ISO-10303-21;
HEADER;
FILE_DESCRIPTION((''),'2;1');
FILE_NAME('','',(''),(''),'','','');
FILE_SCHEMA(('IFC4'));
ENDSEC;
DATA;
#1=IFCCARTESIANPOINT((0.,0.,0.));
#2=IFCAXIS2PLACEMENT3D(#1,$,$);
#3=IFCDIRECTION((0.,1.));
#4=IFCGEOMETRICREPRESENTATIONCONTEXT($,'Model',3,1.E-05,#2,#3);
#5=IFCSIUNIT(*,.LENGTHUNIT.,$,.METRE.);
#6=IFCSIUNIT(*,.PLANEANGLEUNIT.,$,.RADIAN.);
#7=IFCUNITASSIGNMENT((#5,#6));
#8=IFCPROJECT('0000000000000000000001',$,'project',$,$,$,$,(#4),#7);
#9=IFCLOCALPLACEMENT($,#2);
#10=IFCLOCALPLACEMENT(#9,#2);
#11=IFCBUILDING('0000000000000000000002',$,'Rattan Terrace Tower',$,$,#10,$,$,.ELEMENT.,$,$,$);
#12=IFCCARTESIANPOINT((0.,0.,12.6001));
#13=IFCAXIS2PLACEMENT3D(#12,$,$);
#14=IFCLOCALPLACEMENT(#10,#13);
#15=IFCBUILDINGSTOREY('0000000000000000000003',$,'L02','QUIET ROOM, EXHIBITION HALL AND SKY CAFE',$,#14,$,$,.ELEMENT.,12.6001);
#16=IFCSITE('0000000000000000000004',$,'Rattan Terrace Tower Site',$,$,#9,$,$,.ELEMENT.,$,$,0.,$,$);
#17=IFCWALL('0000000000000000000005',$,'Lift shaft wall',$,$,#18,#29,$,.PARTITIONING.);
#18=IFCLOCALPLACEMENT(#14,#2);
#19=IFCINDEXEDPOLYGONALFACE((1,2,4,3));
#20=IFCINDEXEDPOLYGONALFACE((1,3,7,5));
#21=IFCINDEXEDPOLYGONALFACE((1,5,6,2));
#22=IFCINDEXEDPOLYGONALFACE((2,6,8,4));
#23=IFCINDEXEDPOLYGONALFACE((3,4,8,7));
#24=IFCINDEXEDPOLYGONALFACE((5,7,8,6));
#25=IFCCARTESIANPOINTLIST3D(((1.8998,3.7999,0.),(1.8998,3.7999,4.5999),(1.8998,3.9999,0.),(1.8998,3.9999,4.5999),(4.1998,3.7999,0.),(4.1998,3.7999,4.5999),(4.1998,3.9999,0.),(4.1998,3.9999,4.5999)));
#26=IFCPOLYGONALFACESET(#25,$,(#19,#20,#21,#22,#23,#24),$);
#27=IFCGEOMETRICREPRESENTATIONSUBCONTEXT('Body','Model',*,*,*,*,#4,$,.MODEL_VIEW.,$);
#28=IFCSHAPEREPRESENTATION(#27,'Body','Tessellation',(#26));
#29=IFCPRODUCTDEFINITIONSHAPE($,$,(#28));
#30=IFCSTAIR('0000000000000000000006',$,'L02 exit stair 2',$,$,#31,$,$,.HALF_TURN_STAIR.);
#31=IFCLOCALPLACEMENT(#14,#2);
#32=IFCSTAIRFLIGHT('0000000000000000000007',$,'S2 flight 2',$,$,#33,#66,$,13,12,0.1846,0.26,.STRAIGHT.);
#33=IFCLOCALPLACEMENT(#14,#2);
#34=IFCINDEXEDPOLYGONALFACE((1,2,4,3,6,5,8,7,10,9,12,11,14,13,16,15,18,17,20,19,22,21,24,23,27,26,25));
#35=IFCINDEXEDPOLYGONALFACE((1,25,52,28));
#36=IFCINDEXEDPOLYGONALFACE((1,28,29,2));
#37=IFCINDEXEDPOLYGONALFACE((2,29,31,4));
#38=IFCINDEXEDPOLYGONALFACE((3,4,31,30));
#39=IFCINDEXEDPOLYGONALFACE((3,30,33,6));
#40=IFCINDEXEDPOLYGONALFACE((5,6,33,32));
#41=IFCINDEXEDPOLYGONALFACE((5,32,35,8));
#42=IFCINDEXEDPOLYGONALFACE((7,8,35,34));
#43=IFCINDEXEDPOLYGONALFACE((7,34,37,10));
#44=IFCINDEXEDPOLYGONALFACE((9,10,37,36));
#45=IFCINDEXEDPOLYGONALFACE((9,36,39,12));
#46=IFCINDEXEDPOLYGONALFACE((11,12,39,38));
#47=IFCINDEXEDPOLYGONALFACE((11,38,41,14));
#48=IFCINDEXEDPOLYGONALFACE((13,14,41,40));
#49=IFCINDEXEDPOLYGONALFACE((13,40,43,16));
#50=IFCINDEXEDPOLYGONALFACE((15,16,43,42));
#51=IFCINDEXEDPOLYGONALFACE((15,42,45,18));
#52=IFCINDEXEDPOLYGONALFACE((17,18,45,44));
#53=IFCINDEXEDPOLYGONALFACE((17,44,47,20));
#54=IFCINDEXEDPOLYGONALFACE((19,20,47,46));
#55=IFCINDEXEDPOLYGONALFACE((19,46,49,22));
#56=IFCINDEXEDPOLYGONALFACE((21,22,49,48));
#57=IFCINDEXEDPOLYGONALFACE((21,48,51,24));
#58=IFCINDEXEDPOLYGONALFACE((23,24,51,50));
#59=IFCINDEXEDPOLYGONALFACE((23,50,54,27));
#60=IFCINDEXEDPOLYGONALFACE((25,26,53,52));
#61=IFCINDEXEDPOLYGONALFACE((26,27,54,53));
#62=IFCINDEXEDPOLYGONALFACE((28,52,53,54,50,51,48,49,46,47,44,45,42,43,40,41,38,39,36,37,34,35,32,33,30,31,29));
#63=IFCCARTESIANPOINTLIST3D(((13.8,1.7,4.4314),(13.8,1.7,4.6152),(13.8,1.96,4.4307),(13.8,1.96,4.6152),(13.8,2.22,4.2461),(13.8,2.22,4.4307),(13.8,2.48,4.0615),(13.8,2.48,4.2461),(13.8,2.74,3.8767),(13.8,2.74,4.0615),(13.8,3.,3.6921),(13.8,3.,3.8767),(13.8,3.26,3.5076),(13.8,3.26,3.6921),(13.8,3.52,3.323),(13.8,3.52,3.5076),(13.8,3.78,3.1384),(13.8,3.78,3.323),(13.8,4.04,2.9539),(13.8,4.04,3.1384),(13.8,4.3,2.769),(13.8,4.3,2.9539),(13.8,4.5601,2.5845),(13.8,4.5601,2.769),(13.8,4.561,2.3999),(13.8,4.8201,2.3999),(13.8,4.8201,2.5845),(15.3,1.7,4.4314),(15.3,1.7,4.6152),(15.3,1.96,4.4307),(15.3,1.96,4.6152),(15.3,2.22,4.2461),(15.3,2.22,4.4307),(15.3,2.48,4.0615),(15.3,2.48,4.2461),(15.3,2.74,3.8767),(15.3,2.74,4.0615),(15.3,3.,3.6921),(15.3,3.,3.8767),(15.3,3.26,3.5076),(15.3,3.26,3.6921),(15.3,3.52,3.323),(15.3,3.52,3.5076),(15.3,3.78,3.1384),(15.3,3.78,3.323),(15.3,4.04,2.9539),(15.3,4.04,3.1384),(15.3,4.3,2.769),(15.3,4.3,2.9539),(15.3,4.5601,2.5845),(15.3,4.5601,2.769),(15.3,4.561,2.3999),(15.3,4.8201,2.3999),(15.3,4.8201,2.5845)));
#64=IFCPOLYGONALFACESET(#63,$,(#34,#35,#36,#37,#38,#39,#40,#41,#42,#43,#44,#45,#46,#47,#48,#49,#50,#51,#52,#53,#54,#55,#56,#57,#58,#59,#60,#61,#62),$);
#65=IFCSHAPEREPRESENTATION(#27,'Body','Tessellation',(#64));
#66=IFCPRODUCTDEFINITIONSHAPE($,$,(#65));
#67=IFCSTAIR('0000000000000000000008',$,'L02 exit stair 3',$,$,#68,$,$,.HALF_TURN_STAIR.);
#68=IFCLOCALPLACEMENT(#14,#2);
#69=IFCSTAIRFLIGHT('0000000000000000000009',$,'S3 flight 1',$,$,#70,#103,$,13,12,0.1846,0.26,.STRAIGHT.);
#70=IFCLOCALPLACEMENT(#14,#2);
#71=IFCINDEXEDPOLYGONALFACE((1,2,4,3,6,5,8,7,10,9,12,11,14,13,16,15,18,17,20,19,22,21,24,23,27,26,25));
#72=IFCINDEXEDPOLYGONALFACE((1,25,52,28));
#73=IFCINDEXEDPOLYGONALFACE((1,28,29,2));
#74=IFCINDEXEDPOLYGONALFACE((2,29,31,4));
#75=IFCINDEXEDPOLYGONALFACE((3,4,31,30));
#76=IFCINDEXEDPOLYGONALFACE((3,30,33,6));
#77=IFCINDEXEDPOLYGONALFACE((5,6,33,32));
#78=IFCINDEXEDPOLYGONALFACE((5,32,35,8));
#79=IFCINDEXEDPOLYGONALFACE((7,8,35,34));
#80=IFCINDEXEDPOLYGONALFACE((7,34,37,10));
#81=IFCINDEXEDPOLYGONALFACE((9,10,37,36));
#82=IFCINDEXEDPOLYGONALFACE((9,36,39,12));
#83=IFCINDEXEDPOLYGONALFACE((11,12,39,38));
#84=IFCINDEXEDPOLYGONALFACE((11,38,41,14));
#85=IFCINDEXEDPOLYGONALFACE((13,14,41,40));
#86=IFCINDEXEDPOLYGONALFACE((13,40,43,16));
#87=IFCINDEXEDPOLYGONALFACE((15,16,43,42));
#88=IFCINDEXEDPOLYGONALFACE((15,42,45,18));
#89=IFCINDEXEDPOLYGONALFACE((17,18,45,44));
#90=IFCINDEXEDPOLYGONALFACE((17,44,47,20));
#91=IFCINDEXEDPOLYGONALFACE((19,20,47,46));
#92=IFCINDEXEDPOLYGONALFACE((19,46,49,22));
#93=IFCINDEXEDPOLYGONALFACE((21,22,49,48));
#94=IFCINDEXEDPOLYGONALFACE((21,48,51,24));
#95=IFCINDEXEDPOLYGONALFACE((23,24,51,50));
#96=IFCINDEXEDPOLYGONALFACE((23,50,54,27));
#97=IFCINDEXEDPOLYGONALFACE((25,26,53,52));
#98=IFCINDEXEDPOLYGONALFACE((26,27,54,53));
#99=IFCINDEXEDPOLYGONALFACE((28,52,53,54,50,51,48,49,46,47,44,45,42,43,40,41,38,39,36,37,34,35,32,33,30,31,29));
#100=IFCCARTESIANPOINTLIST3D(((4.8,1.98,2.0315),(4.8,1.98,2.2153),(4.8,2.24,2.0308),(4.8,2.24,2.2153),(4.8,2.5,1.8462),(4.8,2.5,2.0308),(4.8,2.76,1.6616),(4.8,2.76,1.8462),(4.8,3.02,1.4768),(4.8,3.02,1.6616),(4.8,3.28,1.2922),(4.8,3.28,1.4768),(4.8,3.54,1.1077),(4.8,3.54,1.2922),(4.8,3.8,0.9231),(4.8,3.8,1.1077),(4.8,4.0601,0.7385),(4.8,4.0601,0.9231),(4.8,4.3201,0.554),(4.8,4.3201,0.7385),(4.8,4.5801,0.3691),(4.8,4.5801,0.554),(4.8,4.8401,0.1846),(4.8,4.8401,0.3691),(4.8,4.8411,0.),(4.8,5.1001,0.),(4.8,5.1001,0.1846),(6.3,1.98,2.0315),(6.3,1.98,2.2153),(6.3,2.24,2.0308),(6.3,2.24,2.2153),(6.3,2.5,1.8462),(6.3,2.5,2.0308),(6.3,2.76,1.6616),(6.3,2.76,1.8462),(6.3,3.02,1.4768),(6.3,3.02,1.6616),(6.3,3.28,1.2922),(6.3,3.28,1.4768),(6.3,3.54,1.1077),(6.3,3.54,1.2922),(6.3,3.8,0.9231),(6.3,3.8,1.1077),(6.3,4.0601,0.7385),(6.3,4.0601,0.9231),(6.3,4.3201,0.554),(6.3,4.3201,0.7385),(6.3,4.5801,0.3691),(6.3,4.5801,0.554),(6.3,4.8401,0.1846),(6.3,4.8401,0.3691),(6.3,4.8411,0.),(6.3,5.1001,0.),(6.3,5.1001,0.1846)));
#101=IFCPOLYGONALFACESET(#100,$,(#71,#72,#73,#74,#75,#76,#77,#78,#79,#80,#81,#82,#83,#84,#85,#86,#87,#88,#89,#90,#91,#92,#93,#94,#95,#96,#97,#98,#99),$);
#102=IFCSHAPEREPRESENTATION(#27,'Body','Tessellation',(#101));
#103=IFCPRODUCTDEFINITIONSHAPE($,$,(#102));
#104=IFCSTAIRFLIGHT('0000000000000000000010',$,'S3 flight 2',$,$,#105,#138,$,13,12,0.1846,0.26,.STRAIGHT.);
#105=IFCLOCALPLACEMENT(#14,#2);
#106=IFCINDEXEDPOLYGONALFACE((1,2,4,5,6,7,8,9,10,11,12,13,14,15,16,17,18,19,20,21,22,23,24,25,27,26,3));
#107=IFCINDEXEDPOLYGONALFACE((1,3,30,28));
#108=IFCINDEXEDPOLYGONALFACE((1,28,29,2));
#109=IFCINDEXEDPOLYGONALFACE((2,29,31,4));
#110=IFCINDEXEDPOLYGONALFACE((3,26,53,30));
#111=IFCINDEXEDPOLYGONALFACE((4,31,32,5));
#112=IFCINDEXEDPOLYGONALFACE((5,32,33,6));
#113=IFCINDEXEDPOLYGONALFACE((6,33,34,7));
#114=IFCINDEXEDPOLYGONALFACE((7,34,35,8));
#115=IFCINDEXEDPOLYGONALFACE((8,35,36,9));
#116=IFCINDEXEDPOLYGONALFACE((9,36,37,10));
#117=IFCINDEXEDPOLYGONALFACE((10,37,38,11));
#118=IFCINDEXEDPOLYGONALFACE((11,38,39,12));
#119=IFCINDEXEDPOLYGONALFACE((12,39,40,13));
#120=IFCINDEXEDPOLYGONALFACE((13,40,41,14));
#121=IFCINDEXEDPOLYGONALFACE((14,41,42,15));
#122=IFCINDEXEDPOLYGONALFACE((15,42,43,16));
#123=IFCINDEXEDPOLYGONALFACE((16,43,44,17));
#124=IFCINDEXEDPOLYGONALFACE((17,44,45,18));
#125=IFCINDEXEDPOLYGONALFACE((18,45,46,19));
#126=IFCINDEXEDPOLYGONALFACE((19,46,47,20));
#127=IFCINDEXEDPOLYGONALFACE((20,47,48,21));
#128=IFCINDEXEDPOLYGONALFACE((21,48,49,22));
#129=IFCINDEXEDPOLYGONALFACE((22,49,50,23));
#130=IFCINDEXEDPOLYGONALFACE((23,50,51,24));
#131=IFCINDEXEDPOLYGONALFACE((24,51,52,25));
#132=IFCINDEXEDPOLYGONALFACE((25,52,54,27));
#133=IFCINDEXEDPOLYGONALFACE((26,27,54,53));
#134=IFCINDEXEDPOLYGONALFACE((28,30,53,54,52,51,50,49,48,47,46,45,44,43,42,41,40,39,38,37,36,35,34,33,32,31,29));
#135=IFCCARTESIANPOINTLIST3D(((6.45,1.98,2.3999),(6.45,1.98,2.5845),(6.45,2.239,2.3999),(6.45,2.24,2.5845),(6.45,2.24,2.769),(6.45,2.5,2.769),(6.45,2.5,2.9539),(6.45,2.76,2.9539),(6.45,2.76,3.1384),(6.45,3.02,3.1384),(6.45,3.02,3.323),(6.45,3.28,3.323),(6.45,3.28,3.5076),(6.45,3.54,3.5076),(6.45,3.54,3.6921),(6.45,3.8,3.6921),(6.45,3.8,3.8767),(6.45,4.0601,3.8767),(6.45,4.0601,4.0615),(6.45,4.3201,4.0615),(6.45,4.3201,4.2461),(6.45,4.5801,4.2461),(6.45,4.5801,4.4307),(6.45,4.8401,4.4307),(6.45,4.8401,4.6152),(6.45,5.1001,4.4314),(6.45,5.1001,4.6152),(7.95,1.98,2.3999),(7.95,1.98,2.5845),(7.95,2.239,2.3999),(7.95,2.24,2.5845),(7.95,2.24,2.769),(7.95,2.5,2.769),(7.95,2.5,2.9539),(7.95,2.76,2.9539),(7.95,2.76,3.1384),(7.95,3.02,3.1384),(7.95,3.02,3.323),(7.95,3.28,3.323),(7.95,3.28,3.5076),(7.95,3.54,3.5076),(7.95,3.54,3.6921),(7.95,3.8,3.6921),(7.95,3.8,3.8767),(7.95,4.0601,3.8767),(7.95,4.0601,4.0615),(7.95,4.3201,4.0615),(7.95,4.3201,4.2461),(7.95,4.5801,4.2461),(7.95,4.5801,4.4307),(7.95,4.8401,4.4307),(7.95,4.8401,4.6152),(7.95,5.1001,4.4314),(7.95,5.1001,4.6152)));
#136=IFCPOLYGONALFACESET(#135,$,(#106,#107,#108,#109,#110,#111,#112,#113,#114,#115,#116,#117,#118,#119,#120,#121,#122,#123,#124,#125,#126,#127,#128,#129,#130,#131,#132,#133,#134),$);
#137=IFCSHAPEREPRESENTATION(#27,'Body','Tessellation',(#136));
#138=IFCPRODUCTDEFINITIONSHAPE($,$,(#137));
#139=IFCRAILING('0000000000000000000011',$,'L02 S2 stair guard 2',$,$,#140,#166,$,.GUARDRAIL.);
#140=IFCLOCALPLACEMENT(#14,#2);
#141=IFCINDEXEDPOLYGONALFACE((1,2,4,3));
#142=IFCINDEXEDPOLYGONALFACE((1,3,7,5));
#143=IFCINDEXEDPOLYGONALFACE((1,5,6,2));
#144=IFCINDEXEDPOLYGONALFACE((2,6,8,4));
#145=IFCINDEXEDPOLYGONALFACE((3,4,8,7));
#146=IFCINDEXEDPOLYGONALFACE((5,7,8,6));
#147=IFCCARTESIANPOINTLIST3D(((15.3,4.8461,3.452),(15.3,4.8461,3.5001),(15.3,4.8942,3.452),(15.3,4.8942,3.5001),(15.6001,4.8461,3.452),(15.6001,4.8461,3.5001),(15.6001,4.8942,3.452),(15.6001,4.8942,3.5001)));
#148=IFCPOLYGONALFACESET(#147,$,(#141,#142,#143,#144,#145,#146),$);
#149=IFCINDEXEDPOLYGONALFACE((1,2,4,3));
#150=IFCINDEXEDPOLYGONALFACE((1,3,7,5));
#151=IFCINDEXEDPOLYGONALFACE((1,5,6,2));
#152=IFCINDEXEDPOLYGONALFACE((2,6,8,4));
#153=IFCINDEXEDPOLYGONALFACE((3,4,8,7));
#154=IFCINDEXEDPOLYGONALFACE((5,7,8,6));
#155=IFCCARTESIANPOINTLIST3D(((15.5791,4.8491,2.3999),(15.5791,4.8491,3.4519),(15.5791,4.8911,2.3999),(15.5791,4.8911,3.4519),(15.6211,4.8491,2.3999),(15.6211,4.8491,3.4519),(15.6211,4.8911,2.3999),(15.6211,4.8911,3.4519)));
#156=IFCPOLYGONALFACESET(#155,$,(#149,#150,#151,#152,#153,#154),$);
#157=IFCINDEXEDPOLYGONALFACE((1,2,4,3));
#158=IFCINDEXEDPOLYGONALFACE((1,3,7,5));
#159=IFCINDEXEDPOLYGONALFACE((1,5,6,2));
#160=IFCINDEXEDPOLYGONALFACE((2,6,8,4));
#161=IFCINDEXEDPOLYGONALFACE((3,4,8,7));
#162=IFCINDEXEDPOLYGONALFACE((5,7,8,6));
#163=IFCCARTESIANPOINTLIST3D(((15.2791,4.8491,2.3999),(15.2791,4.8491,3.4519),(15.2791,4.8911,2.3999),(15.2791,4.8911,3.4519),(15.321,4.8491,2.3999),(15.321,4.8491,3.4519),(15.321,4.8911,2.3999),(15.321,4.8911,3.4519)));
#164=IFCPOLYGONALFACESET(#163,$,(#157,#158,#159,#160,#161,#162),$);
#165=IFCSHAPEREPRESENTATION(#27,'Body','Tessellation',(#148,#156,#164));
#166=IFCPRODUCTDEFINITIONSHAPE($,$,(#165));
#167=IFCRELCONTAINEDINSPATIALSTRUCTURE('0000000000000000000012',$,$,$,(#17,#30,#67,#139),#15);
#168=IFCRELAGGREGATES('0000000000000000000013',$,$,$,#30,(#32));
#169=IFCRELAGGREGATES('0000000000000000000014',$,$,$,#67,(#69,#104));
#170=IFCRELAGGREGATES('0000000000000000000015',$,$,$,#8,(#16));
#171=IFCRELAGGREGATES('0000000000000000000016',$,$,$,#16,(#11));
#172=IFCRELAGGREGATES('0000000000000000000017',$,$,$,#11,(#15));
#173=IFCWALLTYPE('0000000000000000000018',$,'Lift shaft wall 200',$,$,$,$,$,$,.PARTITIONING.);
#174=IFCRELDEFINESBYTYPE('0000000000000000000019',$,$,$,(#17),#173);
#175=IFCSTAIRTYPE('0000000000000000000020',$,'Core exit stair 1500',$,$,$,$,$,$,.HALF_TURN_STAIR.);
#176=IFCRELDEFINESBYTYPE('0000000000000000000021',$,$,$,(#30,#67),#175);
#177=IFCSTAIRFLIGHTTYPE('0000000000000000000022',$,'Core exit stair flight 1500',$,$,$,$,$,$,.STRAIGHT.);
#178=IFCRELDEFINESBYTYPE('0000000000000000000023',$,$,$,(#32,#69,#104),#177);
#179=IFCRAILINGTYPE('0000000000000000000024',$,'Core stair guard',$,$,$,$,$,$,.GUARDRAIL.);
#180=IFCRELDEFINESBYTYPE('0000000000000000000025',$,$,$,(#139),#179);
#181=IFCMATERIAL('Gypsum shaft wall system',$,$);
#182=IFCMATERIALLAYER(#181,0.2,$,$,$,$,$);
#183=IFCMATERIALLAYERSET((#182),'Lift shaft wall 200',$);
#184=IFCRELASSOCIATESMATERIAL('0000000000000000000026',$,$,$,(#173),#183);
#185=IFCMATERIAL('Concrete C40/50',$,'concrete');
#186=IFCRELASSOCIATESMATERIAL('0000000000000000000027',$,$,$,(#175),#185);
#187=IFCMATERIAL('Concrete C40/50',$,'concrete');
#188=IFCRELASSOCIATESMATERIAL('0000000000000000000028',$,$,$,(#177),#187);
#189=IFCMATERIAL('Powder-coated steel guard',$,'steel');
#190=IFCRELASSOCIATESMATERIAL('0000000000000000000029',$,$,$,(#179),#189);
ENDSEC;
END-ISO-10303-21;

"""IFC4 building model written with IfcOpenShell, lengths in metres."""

from ifc_helpers import new_model, si_unit, direction, frame, frame_2d, origin, origin_2d, place, context, subcontext, project, spatial, polyline, rectangle, outline, extrude, material, layer, layer_set, type_object, element, aggregate, save


model = new_model("IFC4")

# Units and contexts
model_context = context("Model", 3, precision=1e-05, world=origin(), true_north=direction((0.0, 1.0)))
body_context = subcontext(model_context, "Body", "Model", "MODEL_VIEW")
ifc_project = project(units=[si_unit("LENGTHUNIT", "METRE"), si_unit("PLANEANGLEUNIT", "RADIAN")], contexts=[model_context])

# Site, building, storey
site_placement = place(None, origin())
site = spatial("IfcSite", under=ifc_project, at=site_placement, Name="Rattan Terrace Tower Site", CompositionType="ELEMENT", RefElevation=0.0)
building_placement = place(site_placement, origin())
building = spatial("IfcBuilding", under=site, at=building_placement, Name="Rattan Terrace Tower", CompositionType="ELEMENT")
storey_placement = place(building_placement, frame((0.0, 0.0, 12.6001)))
storey = spatial("IfcBuildingStorey", under=building, at=storey_placement, Name="L02", Description="QUIET ROOM, EXHIBITION HALL AND SKY CAFE", CompositionType="ELEMENT", Elevation=12.6001)

# Wall
ifc_material_1 = material(Name="Gypsum shaft wall system")
ifc_layer_1 = layer(ifc_material_1, 0.2)
ifc_layer_set_1 = layer_set([ifc_layer_1], Name="Lift shaft wall 200")
wall_type_1 = type_object("IfcWallType", Name="Lift shaft wall 200", PredefinedType="PARTITIONING", material=ifc_layer_set_1)
wall_1_placement = place(storey_placement, frame((1.8999, 3.8999, 0.0), z_axis=(0.0, 0.0, 1.0), x_axis=(1.0, 0.0, 0.0)))
element("IfcWall", 1, at=wall_1_placement, inside=storey, type_object=wall_type_1, Name="Lift shaft wall", PredefinedType="PARTITIONING", context=body_context, shape_type="SweptSolid", body=[
    extrude(rectangle(XDim=2.3, YDim=0.2, at=frame_2d((1.1499, 0.0))), origin(), (0.0, 0.0, 1.0), 4.5999),
])

# Stair, stair flight
ifc_material_2 = material(Name="Concrete C40/50", Category="concrete")
stair_type = type_object("IfcStairType", Name="Core exit stair 1500", PredefinedType="HALF_TURN_STAIR", material=ifc_material_2)
stair_1_placement = place(storey_placement, origin())
stair_1 = element("IfcStair", 2, at=stair_1_placement, inside=storey, type_object=stair_type, Name="L02 exit stair 2", PredefinedType="HALF_TURN_STAIR")
ifc_material_3 = material(Name="Concrete C40/50", Category="concrete")
stair_flight_type = type_object("IfcStairFlightType", Name="Core exit stair flight 1500", PredefinedType="STRAIGHT", material=ifc_material_3)
stair_flight_1_placement = place(storey_placement, frame((14.55, 4.8201, 2.3999), z_axis=(0.0, 0.0, 1.0), x_axis=(0.0, -1.0, 0.0)))
stair_flight_1 = element("IfcStairFlight", 3, at=stair_flight_1_placement, type_object=stair_flight_type, Name="S2 flight 2", NumberOfRisers=13, NumberOfTreads=12, PredefinedType="STRAIGHT", RiserHeight=0.1846, TreadLength=0.26, context=body_context, shape_type="SweptSolid", body=[
    extrude(outline(polyline([(0.0, 0.0), (0.0, 0.1846), (0.26, 0.1846), (0.26, 0.3691), (0.52, 0.3691), (0.52, 0.554), (0.78, 0.554), (0.78, 0.7385), (1.04, 0.7385), (1.04, 0.9231), (1.3, 0.9231), (1.3, 1.1077), (1.5601, 1.1077), (1.5601, 1.2922), (1.8201, 1.2922), (1.8201, 1.4768), (2.0801, 1.4768), (2.0801, 1.6616), (2.3401, 1.6616), (2.3401, 1.8462), (2.6001, 1.8462), (2.6001, 2.0308), (2.8601, 2.0308), (2.8601, 2.2153), (3.1201, 2.2153), (3.1201, 2.3999), (3.1201, 2.0315), (0.259, 0.0), (0.0, 0.0)])), frame((0.0, 0.75, 0.0), z_axis=(0.0, -1.0, 0.0), x_axis=(1.0, 0.0, 0.0)), (0.0, 0.0, 1.0), 1.5),
])
aggregate(stair_1, [stair_flight_1])

# Stair, stair flights
stair_2_placement = place(storey_placement, origin())
stair_2 = element("IfcStair", 4, at=stair_2_placement, inside=storey, type_object=stair_type, Name="L02 exit stair 3", PredefinedType="HALF_TURN_STAIR")
stair_flight_2_placement = place(storey_placement, frame((5.55, 5.1001, 0.0), z_axis=(0.0, 0.0, 1.0), x_axis=(0.0, -1.0, 0.0)))
stair_flight_2 = element("IfcStairFlight", 5, at=stair_flight_2_placement, type_object=stair_flight_type, Name="S3 flight 1", NumberOfRisers=13, NumberOfTreads=12, PredefinedType="STRAIGHT", RiserHeight=0.1846, TreadLength=0.26, context=body_context, shape_type="SweptSolid", body=[
    extrude(outline(polyline([(0.0, 0.0), (0.0, 0.1846), (0.26, 0.1846), (0.26, 0.3691), (0.52, 0.3691), (0.52, 0.554), (0.78, 0.554), (0.78, 0.7385), (1.04, 0.7385), (1.04, 0.9231), (1.3, 0.9231), (1.3, 1.1077), (1.5601, 1.1077), (1.5601, 1.2922), (1.8201, 1.2922), (1.8201, 1.4768), (2.0801, 1.4768), (2.0801, 1.6616), (2.3401, 1.6616), (2.3401, 1.8462), (2.6001, 1.8462), (2.6001, 2.0308), (2.8601, 2.0308), (2.8601, 2.2153), (3.1201, 2.2153), (3.1201, 2.3999), (3.1201, 2.0315), (0.259, 0.0), (0.0, 0.0)])), frame((0.0, 0.75, 0.0), z_axis=(0.0, -1.0, 0.0), x_axis=(1.0, 0.0, 0.0)), (0.0, 0.0, 1.0), 1.5),
])
stair_flight_3_placement = place(storey_placement, frame((7.2, 1.98, 2.3999), z_axis=(0.0, 0.0, 1.0), x_axis=(0.0, 1.0, 0.0)))
stair_flight_3 = element("IfcStairFlight", 6, at=stair_flight_3_placement, type_object=stair_flight_type, Name="S3 flight 2", NumberOfRisers=13, NumberOfTreads=12, PredefinedType="STRAIGHT", RiserHeight=0.1846, TreadLength=0.26, context=body_context, shape_type="SweptSolid", body=[
    extrude(outline(polyline([(0.0, 0.0), (0.0, 0.1846), (0.26, 0.1846), (0.26, 0.3691), (0.52, 0.3691), (0.52, 0.554), (0.78, 0.554), (0.78, 0.7385), (1.04, 0.7385), (1.04, 0.9231), (1.3, 0.9231), (1.3, 1.1077), (1.5601, 1.1077), (1.5601, 1.2922), (1.8201, 1.2922), (1.8201, 1.4768), (2.0801, 1.4768), (2.0801, 1.6616), (2.3401, 1.6616), (2.3401, 1.8462), (2.6001, 1.8462), (2.6001, 2.0308), (2.8601, 2.0308), (2.8601, 2.2153), (3.1201, 2.2153), (3.1201, 2.3999), (3.1201, 2.0315), (0.259, 0.0), (0.0, 0.0)])), frame((0.0, 0.75, 0.0), z_axis=(0.0, -1.0, 0.0), x_axis=(1.0, 0.0, 0.0)), (0.0, 0.0, 1.0), 1.5),
])
aggregate(stair_2, [stair_flight_2, stair_flight_3])

# Railing
ifc_material_4 = material(Name="Powder-coated steel guard", Category="steel")
railing_type_1 = type_object("IfcRailingType", Name="Core stair guard", PredefinedType="GUARDRAIL", material=ifc_material_4)
railing_1_placement = place(storey_placement, frame((15.6001, 4.8701, 2.3999)))
element("IfcRailing", 7, at=railing_1_placement, inside=storey, type_object=railing_type_1, Name="L02 S2 stair guard 2", PredefinedType="GUARDRAIL", context=body_context, shape_type="SweptSolid", body=[
    extrude(rectangle(XDim=0.0481, YDim=0.0481, at=origin_2d()), frame((0.0, 0.0, 1.0762), z_axis=(-1.0, 0.0, 0.0), x_axis=(0.0, -1.0, 0.0)), (0.0, 0.0, 1.0), 0.3),
    extrude(rectangle(XDim=0.042, YDim=0.042, at=origin_2d()), origin(), (0.0, 0.0, 1.0), 1.052),
    extrude(rectangle(XDim=0.042, YDim=0.042, at=origin_2d()), frame((-0.3, 0.0, 0.0)), (0.0, 0.0, 1.0), 1.052),
])

save(model, "model.ifc")
